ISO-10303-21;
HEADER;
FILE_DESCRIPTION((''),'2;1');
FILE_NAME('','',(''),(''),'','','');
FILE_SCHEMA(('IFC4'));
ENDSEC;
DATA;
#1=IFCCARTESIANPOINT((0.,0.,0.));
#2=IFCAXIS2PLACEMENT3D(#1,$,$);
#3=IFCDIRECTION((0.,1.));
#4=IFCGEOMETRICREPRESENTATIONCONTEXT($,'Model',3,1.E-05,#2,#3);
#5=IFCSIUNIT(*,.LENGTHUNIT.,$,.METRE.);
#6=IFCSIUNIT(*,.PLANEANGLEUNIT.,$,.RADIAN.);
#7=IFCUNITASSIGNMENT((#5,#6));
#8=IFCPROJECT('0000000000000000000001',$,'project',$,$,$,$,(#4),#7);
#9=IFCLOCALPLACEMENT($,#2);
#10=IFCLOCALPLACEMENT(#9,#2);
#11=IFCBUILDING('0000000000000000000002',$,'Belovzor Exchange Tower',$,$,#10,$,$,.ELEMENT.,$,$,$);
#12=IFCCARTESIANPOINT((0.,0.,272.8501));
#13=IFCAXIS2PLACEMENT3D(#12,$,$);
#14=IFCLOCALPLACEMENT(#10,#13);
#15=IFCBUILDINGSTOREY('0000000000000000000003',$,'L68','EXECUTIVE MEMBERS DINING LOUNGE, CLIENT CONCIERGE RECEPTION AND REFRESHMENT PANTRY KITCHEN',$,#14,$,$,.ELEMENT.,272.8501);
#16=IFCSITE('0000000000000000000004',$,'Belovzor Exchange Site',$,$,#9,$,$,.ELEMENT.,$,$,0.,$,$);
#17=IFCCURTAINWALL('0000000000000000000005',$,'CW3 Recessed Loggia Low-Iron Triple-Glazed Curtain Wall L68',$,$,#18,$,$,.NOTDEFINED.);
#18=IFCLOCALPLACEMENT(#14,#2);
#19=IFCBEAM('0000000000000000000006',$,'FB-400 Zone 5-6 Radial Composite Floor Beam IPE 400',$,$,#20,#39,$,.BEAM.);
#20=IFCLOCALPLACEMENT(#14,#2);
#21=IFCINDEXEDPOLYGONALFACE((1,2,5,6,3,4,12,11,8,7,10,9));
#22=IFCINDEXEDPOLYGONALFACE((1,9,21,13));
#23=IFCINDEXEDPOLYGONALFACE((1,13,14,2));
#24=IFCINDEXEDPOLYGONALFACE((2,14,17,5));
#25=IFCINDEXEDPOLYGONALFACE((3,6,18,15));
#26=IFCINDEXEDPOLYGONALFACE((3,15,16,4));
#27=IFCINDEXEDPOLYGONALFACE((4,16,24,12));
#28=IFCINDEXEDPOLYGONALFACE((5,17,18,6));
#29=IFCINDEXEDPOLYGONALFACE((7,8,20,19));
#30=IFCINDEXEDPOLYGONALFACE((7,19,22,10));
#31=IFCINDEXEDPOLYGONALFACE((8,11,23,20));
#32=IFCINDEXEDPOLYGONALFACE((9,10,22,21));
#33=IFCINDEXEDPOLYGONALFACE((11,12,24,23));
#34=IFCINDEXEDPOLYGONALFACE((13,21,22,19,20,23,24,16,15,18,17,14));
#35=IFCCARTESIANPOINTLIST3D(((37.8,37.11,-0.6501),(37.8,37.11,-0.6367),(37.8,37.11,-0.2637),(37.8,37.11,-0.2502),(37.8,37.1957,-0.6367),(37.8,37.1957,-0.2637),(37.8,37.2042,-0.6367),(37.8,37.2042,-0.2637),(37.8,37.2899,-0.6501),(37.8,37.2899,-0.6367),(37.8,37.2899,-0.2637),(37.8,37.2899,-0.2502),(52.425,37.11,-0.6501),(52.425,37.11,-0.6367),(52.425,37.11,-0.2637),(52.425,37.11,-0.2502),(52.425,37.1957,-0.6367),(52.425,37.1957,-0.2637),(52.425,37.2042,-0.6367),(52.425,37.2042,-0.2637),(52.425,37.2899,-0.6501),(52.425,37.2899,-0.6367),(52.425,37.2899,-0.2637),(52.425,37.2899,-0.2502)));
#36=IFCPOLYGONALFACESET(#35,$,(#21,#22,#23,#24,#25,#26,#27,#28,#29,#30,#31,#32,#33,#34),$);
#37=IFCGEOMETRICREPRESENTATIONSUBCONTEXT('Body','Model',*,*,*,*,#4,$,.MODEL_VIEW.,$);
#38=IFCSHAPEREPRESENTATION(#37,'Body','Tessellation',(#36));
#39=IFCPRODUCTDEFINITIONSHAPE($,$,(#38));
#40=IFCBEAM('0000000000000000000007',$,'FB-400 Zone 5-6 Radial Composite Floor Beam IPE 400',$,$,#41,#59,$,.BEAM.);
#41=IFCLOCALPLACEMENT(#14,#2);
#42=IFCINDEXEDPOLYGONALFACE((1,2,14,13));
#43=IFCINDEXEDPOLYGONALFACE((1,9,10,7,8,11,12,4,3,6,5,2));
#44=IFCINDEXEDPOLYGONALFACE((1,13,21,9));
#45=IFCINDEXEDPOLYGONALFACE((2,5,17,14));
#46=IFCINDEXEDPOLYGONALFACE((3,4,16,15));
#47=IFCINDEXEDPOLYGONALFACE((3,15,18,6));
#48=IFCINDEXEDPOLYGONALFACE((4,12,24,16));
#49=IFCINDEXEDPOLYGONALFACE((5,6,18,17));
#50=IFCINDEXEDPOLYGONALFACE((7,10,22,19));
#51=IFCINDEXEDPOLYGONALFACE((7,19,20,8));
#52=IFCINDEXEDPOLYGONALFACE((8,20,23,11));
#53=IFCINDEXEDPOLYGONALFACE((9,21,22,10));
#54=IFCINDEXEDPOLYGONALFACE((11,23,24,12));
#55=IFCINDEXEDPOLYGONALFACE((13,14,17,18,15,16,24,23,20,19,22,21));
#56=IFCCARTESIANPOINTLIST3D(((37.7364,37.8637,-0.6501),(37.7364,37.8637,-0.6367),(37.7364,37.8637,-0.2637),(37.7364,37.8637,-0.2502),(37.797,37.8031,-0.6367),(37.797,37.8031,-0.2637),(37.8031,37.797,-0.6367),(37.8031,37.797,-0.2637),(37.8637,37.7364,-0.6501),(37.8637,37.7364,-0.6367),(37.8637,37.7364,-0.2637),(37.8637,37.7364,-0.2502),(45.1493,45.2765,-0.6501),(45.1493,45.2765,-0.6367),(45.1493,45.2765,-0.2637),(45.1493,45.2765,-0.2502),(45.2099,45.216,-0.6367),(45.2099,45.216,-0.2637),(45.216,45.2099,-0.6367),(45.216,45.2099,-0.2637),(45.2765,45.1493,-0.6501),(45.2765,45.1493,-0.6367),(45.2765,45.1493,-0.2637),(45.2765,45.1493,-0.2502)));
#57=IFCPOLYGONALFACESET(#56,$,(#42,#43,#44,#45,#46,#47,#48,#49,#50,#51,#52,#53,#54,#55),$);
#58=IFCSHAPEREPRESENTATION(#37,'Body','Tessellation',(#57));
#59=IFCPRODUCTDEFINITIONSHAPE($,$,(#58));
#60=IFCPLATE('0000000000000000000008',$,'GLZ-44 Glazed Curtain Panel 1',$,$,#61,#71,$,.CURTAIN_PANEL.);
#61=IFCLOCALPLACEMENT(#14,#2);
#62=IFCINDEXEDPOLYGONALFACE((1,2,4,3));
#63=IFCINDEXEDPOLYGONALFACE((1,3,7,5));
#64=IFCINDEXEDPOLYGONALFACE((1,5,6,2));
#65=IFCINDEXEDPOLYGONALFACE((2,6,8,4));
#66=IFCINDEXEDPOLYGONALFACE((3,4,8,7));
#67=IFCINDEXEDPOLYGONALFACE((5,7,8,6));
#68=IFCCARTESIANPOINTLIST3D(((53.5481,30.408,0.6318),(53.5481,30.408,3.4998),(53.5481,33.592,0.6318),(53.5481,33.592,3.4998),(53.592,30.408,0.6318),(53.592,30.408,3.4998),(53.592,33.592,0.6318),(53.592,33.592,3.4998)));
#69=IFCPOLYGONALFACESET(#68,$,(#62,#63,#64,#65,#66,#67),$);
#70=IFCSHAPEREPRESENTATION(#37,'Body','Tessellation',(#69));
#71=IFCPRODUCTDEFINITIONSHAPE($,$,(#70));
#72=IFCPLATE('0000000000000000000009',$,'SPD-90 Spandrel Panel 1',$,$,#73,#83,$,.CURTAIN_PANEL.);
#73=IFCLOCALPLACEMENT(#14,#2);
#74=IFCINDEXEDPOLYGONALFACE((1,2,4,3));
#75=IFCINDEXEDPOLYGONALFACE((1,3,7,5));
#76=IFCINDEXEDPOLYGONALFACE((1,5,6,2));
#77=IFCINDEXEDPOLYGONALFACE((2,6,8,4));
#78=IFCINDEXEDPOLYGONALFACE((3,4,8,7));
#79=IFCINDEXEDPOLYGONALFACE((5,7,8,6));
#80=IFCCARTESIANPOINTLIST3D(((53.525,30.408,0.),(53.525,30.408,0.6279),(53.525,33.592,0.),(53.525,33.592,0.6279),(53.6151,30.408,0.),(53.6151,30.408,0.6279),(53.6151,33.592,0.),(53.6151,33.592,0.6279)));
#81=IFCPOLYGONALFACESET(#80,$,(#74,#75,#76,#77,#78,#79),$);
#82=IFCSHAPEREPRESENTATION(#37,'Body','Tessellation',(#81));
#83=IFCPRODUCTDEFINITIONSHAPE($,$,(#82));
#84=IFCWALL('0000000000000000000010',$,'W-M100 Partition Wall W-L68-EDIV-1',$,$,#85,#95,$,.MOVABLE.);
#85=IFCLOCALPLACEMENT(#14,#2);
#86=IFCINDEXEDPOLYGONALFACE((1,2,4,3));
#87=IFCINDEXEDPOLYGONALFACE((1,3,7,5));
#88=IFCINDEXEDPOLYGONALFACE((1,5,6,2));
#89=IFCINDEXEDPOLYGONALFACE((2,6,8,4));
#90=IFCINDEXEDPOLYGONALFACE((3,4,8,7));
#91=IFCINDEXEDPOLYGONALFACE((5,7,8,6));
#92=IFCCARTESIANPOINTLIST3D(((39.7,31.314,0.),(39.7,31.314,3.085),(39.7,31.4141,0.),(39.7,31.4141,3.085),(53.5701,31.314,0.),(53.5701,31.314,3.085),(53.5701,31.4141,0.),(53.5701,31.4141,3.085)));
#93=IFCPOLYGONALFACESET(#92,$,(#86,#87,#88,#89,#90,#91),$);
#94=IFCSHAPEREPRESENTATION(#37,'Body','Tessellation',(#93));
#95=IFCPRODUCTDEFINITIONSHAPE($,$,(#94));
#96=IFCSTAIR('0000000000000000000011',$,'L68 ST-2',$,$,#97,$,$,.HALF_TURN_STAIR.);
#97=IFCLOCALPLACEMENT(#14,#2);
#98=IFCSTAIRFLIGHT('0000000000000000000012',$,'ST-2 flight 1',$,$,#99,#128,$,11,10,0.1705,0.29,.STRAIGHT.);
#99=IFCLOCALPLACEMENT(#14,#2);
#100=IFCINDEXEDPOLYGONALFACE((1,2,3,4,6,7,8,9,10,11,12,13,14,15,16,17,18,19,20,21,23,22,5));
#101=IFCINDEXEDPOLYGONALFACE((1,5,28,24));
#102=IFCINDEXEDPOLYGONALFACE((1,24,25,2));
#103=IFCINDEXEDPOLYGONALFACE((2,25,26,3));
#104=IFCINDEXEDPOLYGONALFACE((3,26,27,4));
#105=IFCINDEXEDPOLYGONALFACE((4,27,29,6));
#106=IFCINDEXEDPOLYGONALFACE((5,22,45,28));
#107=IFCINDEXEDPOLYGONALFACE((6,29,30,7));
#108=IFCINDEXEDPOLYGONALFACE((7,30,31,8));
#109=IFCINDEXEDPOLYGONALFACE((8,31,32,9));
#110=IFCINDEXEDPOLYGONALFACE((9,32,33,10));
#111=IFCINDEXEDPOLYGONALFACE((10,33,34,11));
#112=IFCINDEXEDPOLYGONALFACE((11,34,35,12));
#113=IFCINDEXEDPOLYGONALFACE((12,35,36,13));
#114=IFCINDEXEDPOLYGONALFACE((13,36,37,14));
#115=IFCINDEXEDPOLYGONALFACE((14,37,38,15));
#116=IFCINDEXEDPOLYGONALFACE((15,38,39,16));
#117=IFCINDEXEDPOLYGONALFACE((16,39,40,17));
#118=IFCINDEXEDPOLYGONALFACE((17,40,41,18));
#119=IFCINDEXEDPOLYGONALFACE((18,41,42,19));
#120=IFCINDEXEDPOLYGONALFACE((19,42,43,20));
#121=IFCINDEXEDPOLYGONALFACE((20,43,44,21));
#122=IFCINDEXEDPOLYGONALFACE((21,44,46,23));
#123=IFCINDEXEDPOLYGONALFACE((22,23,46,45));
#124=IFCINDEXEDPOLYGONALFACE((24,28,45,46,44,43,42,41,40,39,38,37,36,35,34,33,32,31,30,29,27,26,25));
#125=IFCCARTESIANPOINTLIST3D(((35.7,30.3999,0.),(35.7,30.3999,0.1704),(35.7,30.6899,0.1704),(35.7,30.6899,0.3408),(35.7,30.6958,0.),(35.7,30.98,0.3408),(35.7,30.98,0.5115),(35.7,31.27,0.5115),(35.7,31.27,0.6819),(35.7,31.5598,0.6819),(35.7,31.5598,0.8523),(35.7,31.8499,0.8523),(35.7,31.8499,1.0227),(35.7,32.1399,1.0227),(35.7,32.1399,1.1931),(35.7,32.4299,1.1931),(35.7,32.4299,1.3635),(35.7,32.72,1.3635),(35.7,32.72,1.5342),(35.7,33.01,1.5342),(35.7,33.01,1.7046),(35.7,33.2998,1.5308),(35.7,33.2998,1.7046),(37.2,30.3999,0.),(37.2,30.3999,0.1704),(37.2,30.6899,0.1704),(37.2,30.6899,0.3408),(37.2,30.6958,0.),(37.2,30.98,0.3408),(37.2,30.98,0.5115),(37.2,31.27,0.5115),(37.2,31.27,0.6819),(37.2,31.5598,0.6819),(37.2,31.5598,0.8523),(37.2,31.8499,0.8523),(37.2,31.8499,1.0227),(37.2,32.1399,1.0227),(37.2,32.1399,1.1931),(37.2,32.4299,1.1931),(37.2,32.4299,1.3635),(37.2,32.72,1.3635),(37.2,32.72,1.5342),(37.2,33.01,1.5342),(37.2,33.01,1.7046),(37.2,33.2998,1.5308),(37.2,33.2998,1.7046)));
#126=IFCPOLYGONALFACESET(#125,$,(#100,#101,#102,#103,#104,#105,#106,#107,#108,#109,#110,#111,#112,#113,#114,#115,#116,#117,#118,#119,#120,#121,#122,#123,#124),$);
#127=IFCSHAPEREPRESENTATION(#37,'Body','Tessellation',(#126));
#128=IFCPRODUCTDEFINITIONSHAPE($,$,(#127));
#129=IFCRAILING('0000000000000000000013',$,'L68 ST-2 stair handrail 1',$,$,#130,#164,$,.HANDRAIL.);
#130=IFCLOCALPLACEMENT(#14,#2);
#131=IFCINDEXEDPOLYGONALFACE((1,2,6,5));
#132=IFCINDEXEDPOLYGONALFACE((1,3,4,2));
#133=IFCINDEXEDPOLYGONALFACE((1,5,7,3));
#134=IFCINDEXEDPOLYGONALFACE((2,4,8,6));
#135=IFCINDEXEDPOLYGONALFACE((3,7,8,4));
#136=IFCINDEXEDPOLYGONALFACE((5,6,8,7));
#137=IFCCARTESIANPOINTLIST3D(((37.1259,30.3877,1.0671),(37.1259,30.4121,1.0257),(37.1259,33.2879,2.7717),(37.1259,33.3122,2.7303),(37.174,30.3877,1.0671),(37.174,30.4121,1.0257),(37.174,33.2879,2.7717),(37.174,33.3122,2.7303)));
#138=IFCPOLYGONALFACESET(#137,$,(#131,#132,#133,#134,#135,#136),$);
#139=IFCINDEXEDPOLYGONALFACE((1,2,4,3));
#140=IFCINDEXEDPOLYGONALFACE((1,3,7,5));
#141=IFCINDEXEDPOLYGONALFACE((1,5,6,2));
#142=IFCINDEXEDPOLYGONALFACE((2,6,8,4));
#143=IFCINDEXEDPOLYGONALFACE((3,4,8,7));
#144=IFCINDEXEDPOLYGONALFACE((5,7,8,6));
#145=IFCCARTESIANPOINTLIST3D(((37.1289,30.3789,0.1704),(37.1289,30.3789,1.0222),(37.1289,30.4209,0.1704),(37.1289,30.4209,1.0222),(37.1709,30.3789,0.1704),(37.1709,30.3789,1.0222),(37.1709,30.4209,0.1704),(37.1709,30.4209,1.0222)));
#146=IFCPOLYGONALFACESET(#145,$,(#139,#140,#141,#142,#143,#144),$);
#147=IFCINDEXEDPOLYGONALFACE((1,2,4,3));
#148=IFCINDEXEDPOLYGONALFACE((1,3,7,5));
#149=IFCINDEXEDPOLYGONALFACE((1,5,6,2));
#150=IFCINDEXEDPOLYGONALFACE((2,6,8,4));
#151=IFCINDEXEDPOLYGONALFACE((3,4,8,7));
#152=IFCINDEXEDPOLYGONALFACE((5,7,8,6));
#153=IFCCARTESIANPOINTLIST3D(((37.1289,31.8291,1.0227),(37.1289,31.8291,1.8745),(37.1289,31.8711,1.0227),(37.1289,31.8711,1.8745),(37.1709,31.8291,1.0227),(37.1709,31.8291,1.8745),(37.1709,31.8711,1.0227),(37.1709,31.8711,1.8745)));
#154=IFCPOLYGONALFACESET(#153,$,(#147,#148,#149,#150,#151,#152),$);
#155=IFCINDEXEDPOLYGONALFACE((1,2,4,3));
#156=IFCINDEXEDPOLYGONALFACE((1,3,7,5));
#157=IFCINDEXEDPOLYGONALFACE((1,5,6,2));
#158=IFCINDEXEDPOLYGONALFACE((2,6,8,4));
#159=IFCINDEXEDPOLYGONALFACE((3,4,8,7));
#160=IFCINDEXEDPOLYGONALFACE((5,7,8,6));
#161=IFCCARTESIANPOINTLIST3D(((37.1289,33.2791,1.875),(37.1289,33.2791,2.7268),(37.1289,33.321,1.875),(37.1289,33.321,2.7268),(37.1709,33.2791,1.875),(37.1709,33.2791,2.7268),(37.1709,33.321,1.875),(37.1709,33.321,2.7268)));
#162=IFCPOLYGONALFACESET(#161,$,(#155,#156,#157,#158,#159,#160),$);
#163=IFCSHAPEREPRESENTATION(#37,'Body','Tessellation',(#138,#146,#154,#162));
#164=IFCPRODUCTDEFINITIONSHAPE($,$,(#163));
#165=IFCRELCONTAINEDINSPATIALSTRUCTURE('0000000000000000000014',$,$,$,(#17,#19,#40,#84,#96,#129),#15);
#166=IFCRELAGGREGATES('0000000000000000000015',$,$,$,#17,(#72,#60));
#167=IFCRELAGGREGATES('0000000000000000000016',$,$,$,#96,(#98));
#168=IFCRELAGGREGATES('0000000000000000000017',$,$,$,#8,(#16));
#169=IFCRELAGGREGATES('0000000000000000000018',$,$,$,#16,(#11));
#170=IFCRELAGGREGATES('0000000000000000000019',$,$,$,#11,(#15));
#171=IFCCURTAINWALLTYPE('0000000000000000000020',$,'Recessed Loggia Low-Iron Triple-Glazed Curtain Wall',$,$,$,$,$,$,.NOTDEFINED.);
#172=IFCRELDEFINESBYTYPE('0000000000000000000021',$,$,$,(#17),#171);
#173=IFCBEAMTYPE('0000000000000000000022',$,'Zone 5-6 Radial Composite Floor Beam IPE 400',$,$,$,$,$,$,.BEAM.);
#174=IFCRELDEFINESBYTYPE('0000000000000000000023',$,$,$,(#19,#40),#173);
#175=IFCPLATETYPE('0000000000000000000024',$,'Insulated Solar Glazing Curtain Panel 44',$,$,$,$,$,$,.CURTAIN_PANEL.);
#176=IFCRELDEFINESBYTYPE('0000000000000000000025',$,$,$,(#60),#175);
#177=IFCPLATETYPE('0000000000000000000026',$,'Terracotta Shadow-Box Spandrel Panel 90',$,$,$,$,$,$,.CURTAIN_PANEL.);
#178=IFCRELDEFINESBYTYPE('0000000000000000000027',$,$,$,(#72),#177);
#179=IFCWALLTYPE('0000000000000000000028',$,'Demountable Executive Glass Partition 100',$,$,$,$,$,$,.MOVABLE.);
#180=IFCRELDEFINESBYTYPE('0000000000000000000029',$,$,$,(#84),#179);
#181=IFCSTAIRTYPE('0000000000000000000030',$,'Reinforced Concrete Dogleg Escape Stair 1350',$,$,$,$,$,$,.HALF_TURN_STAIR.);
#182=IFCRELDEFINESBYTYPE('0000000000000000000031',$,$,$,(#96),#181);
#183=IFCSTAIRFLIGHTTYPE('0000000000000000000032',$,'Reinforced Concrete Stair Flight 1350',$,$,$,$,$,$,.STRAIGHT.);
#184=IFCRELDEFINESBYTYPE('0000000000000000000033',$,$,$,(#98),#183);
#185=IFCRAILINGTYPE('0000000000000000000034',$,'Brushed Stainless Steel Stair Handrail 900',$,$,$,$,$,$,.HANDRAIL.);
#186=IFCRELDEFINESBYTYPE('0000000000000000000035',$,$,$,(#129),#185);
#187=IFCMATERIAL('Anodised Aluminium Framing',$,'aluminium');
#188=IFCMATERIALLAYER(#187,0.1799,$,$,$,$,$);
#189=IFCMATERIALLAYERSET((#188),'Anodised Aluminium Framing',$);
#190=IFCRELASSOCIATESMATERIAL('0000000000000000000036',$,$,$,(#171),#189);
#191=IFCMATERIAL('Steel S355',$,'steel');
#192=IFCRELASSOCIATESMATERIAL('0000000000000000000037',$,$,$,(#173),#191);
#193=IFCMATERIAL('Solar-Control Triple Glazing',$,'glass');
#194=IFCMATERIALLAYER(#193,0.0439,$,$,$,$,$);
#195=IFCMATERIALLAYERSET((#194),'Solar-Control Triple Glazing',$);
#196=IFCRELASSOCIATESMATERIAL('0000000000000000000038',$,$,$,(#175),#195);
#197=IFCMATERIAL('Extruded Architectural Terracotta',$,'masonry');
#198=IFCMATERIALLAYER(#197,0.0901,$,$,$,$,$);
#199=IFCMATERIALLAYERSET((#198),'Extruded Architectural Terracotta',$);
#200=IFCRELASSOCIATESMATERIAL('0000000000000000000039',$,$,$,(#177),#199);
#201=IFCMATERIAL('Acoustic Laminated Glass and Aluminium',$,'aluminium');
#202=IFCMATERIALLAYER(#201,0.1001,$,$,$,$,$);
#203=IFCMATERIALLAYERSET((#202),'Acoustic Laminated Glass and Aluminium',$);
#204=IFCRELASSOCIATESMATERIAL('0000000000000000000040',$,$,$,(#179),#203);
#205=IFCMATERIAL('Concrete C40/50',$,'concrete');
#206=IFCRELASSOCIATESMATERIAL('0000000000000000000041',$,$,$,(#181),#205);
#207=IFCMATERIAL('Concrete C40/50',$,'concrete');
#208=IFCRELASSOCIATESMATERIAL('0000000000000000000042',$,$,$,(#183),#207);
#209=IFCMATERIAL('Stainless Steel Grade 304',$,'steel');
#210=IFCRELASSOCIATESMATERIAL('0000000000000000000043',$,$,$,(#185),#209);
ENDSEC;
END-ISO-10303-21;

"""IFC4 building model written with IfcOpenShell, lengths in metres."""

from ifc_helpers import new_model, si_unit, direction, frame, frame_2d, origin, origin_2d, place, context, subcontext, project, spatial, polyline, rectangle, i_section, outline, extrude, material, layer, layer_set, material_profile, profile_set, type_object, element, aggregate, save


model = new_model("IFC4")

# Units and contexts
model_context = context("Model", 3, precision=1e-05, world=origin(), true_north=direction((0.0, 1.0)))
body_context = subcontext(model_context, "Body", "Model", "MODEL_VIEW")
ifc_project = project(units=[si_unit("LENGTHUNIT", "METRE"), si_unit("PLANEANGLEUNIT", "RADIAN")], contexts=[model_context])

# Site, building, storey
site_placement = place(None, origin())
site = spatial("IfcSite", under=ifc_project, at=site_placement, Name="Belovzor Exchange Site", CompositionType="ELEMENT", RefElevation=0.0)
building_placement = place(site_placement, origin())
building = spatial("IfcBuilding", under=site, at=building_placement, Name="Belovzor Exchange Tower", CompositionType="ELEMENT")
storey_placement = place(building_placement, frame((0.0, 0.0, 272.8501)))
storey = spatial("IfcBuildingStorey", under=building, at=storey_placement, Name="L68", Description="EXECUTIVE MEMBERS DINING LOUNGE, CLIENT CONCIERGE RECEPTION AND REFRESHMENT PANTRY KITCHEN", CompositionType="ELEMENT", Elevation=272.8501)

# Curtain wall
ifc_material_1 = material(Name="Anodised Aluminium Framing", Category="aluminium")
ifc_layer_1 = layer(ifc_material_1, 0.1799)
ifc_layer_set_1 = layer_set([ifc_layer_1], Name="Anodised Aluminium Framing")
curtain_wall_type = type_object("IfcCurtainWallType", Name="Recessed Loggia Low-Iron Triple-Glazed Curtain Wall", PredefinedType="NOTDEFINED", material=ifc_layer_set_1)
curtain_wall_placement = place(storey_placement, origin())
curtain_wall = element("IfcCurtainWall", 1, at=curtain_wall_placement, inside=storey, type_object=curtain_wall_type, Name="CW3 Recessed Loggia Low-Iron Triple-Glazed Curtain Wall L68", PredefinedType="NOTDEFINED")

# Beams
ifc_material_2 = material(Name="Steel S355", Category="steel")
ifc_material_profile_1 = material_profile(ifc_material_2, i_section(OverallWidth=0.1799, OverallDepth=0.3999, WebThickness=0.0085, FlangeThickness=0.0134, at=origin_2d()))
ifc_profile_set_1 = profile_set([ifc_material_profile_1], Name="Steel S355")
beam_type_1 = type_object("IfcBeamType", Name="Zone 5-6 Radial Composite Floor Beam IPE 400", PredefinedType="BEAM", material=ifc_profile_set_1)
for number, where, z_axis, x_axis, name in (
    (2, (37.8, 37.2, -0.4502), (1.0, 0.0, 0.0), (0.0, 1.0, 0.0), "FB-400 Zone 5-6 Radial Composite Floor Beam IPE 400"),
):
    element("IfcBeam", number, at=place(storey_placement, frame(where, z_axis=z_axis, x_axis=x_axis)), inside=storey, type_object=beam_type_1, Name=name, PredefinedType="BEAM", context=body_context, shape_type="SweptSolid", body=[
        extrude(i_section(OverallWidth=0.1799, OverallDepth=0.3999, WebThickness=0.0085, FlangeThickness=0.0134, at=origin_2d()), origin(), (0.0, 0.0, 1.0), 14.625),
    ])
beam_1_placement = place(storey_placement, frame((37.8, 37.8, -0.4502), z_axis=(0.707107, 0.707107, 0.0), x_axis=(-0.707107, 0.707107, 0.0)))
element("IfcBeam", 3, at=beam_1_placement, inside=storey, type_object=beam_type_1, Name="FB-400 Zone 5-6 Radial Composite Floor Beam IPE 400", PredefinedType="BEAM", context=body_context, shape_type="SweptSolid", body=[
    extrude(i_section(OverallWidth=0.1799, OverallDepth=0.3999, WebThickness=0.0085, FlangeThickness=0.0134, at=origin_2d()), origin(), (0.0, 0.0, 1.0), 10.4834),
])

# Plates
ifc_material_3 = material(Name="Solar-Control Triple Glazing", Category="glass")
ifc_layer_2 = layer(ifc_material_3, 0.0439)
ifc_layer_set_2 = layer_set([ifc_layer_2], Name="Solar-Control Triple Glazing")
plate_type_1 = type_object("IfcPlateType", Name="Insulated Solar Glazing Curtain Panel 44", PredefinedType="CURTAIN_PANEL", material=ifc_layer_set_2)
plate_1_placement = place(storey_placement, frame((53.5701, 32.0, 0.6318), z_axis=(0.0, 0.0, 1.0), x_axis=(0.0, -1.0, 0.0)))
plate_1 = element("IfcPlate", 4, at=plate_1_placement, type_object=plate_type_1, Name="GLZ-44 Glazed Curtain Panel 1", PredefinedType="CURTAIN_PANEL", context=body_context, shape_type="SweptSolid", body=[
    extrude(rectangle(XDim=3.1841, YDim=0.0439, at=origin_2d()), origin(), (0.0, 0.0, 1.0), 2.8679),
])
ifc_material_4 = material(Name="Extruded Architectural Terracotta", Category="masonry")
ifc_layer_3 = layer(ifc_material_4, 0.0901)
ifc_layer_set_3 = layer_set([ifc_layer_3], Name="Extruded Architectural Terracotta")
plate_type_2 = type_object("IfcPlateType", Name="Terracotta Shadow-Box Spandrel Panel 90", PredefinedType="CURTAIN_PANEL", material=ifc_layer_set_3)
plate_2_placement = place(storey_placement, frame((53.5701, 32.0, 0.0), z_axis=(0.0, 0.0, 1.0), x_axis=(0.0, -1.0, 0.0)))
plate_2 = element("IfcPlate", 5, at=plate_2_placement, type_object=plate_type_2, Name="SPD-90 Spandrel Panel 1", PredefinedType="CURTAIN_PANEL", context=body_context, shape_type="SweptSolid", body=[
    extrude(rectangle(XDim=3.1841, YDim=0.0901, at=origin_2d()), origin(), (0.0, 0.0, 1.0), 0.6279),
])
aggregate(curtain_wall, [plate_2, plate_1])

# Wall
ifc_material_5 = material(Name="Acoustic Laminated Glass and Aluminium", Category="aluminium")
ifc_layer_4 = layer(ifc_material_5, 0.1001)
ifc_layer_set_4 = layer_set([ifc_layer_4], Name="Acoustic Laminated Glass and Aluminium")
wall_type = type_object("IfcWallType", Name="Demountable Executive Glass Partition 100", PredefinedType="MOVABLE", material=ifc_layer_set_4)
wall_placement = place(storey_placement, frame((39.7, 31.364, 0.0), z_axis=(0.0, 0.0, 1.0), x_axis=(1.0, 0.0, 0.0)))
element("IfcWall", 6, at=wall_placement, inside=storey, type_object=wall_type, Name="W-M100 Partition Wall W-L68-EDIV-1", PredefinedType="MOVABLE", context=body_context, shape_type="SweptSolid", body=[
    extrude(rectangle(XDim=13.8701, YDim=0.1001, at=frame_2d((6.9351, 0.0))), origin(), (0.0, 0.0, 1.0), 3.085),
])

# Stair, stair flight
ifc_material_6 = material(Name="Concrete C40/50", Category="concrete")
stair_type = type_object("IfcStairType", Name="Reinforced Concrete Dogleg Escape Stair 1350", PredefinedType="HALF_TURN_STAIR", material=ifc_material_6)
stair_placement = place(storey_placement, origin())
stair = element("IfcStair", 7, at=stair_placement, inside=storey, type_object=stair_type, Name="L68 ST-2", PredefinedType="HALF_TURN_STAIR")
ifc_material_7 = material(Name="Concrete C40/50", Category="concrete")
stair_flight_type = type_object("IfcStairFlightType", Name="Reinforced Concrete Stair Flight 1350", PredefinedType="STRAIGHT", material=ifc_material_7)
stair_flight_placement = place(storey_placement, frame((36.45, 30.3999, 0.0), z_axis=(0.0, 0.0, 1.0), x_axis=(0.0, 1.0, 0.0)))
stair_flight = element("IfcStairFlight", 8, at=stair_flight_placement, type_object=stair_flight_type, Name="ST-2 flight 1", NumberOfRisers=11, NumberOfTreads=10, PredefinedType="STRAIGHT", RiserHeight=0.1705, TreadLength=0.29, context=body_context, shape_type="SweptSolid", body=[
    extrude(outline(polyline([(0.0, 0.0), (0.0, 0.1704), (0.29, 0.1704), (0.29, 0.3408), (0.5801, 0.3408), (0.5801, 0.5115), (0.8701, 0.5115), (0.8701, 0.6819), (1.1599, 0.6819), (1.1599, 0.8523), (1.45, 0.8523), (1.45, 1.0227), (1.74, 1.0227), (1.74, 1.1931), (2.03, 1.1931), (2.03, 1.3635), (2.3201, 1.3635), (2.3201, 1.5342), (2.6101, 1.5342), (2.6101, 1.7046), (2.8999, 1.7046), (2.8999, 1.875), (2.8999, 1.5308), (0.2959, 0.0), (0.0, 0.0)])), frame((0.0, 0.75, 0.0), z_axis=(0.0, -1.0, 0.0), x_axis=(1.0, 0.0, 0.0)), (0.0, 0.0, 1.0), 1.5),
])
aggregate(stair, [stair_flight])

# Railing
ifc_material_8 = material(Name="Stainless Steel Grade 304", Category="steel")
railing_type_1 = type_object("IfcRailingType", Name="Brushed Stainless Steel Stair Handrail 900", PredefinedType="HANDRAIL", material=ifc_material_8)
railing_1_placement = place(storey_placement, frame((37.1499, 30.3999, 0.1704)))
element("IfcRailing", 9, at=railing_1_placement, inside=storey, type_object=railing_type_1, Name="L68 ST-2 stair handrail 1", PredefinedType="HANDRAIL", context=body_context, shape_type="SweptSolid", body=[
    extrude(rectangle(XDim=0.0481, YDim=0.0481, at=origin_2d()), frame((0.0, 0.0, 0.876), z_axis=(0.0, 0.862113, 0.506716), x_axis=(-1.0, 0.0, 0.0)), (0.0, 0.0, 1.0), 3.364),
    extrude(rectangle(XDim=0.042, YDim=0.042, at=origin_2d()), origin(), (0.0, 0.0, 1.0), 0.8518),
    extrude(rectangle(XDim=0.042, YDim=0.042, at=origin_2d()), frame((0.0, 1.4502, 0.8523)), (0.0, 0.0, 1.0), 0.8518),
    extrude(rectangle(XDim=0.042, YDim=0.042, at=origin_2d()), frame((0.0, 2.9001, 1.7046)), (0.0, 0.0, 1.0), 0.8518),
])

save(model, "model.ifc")
